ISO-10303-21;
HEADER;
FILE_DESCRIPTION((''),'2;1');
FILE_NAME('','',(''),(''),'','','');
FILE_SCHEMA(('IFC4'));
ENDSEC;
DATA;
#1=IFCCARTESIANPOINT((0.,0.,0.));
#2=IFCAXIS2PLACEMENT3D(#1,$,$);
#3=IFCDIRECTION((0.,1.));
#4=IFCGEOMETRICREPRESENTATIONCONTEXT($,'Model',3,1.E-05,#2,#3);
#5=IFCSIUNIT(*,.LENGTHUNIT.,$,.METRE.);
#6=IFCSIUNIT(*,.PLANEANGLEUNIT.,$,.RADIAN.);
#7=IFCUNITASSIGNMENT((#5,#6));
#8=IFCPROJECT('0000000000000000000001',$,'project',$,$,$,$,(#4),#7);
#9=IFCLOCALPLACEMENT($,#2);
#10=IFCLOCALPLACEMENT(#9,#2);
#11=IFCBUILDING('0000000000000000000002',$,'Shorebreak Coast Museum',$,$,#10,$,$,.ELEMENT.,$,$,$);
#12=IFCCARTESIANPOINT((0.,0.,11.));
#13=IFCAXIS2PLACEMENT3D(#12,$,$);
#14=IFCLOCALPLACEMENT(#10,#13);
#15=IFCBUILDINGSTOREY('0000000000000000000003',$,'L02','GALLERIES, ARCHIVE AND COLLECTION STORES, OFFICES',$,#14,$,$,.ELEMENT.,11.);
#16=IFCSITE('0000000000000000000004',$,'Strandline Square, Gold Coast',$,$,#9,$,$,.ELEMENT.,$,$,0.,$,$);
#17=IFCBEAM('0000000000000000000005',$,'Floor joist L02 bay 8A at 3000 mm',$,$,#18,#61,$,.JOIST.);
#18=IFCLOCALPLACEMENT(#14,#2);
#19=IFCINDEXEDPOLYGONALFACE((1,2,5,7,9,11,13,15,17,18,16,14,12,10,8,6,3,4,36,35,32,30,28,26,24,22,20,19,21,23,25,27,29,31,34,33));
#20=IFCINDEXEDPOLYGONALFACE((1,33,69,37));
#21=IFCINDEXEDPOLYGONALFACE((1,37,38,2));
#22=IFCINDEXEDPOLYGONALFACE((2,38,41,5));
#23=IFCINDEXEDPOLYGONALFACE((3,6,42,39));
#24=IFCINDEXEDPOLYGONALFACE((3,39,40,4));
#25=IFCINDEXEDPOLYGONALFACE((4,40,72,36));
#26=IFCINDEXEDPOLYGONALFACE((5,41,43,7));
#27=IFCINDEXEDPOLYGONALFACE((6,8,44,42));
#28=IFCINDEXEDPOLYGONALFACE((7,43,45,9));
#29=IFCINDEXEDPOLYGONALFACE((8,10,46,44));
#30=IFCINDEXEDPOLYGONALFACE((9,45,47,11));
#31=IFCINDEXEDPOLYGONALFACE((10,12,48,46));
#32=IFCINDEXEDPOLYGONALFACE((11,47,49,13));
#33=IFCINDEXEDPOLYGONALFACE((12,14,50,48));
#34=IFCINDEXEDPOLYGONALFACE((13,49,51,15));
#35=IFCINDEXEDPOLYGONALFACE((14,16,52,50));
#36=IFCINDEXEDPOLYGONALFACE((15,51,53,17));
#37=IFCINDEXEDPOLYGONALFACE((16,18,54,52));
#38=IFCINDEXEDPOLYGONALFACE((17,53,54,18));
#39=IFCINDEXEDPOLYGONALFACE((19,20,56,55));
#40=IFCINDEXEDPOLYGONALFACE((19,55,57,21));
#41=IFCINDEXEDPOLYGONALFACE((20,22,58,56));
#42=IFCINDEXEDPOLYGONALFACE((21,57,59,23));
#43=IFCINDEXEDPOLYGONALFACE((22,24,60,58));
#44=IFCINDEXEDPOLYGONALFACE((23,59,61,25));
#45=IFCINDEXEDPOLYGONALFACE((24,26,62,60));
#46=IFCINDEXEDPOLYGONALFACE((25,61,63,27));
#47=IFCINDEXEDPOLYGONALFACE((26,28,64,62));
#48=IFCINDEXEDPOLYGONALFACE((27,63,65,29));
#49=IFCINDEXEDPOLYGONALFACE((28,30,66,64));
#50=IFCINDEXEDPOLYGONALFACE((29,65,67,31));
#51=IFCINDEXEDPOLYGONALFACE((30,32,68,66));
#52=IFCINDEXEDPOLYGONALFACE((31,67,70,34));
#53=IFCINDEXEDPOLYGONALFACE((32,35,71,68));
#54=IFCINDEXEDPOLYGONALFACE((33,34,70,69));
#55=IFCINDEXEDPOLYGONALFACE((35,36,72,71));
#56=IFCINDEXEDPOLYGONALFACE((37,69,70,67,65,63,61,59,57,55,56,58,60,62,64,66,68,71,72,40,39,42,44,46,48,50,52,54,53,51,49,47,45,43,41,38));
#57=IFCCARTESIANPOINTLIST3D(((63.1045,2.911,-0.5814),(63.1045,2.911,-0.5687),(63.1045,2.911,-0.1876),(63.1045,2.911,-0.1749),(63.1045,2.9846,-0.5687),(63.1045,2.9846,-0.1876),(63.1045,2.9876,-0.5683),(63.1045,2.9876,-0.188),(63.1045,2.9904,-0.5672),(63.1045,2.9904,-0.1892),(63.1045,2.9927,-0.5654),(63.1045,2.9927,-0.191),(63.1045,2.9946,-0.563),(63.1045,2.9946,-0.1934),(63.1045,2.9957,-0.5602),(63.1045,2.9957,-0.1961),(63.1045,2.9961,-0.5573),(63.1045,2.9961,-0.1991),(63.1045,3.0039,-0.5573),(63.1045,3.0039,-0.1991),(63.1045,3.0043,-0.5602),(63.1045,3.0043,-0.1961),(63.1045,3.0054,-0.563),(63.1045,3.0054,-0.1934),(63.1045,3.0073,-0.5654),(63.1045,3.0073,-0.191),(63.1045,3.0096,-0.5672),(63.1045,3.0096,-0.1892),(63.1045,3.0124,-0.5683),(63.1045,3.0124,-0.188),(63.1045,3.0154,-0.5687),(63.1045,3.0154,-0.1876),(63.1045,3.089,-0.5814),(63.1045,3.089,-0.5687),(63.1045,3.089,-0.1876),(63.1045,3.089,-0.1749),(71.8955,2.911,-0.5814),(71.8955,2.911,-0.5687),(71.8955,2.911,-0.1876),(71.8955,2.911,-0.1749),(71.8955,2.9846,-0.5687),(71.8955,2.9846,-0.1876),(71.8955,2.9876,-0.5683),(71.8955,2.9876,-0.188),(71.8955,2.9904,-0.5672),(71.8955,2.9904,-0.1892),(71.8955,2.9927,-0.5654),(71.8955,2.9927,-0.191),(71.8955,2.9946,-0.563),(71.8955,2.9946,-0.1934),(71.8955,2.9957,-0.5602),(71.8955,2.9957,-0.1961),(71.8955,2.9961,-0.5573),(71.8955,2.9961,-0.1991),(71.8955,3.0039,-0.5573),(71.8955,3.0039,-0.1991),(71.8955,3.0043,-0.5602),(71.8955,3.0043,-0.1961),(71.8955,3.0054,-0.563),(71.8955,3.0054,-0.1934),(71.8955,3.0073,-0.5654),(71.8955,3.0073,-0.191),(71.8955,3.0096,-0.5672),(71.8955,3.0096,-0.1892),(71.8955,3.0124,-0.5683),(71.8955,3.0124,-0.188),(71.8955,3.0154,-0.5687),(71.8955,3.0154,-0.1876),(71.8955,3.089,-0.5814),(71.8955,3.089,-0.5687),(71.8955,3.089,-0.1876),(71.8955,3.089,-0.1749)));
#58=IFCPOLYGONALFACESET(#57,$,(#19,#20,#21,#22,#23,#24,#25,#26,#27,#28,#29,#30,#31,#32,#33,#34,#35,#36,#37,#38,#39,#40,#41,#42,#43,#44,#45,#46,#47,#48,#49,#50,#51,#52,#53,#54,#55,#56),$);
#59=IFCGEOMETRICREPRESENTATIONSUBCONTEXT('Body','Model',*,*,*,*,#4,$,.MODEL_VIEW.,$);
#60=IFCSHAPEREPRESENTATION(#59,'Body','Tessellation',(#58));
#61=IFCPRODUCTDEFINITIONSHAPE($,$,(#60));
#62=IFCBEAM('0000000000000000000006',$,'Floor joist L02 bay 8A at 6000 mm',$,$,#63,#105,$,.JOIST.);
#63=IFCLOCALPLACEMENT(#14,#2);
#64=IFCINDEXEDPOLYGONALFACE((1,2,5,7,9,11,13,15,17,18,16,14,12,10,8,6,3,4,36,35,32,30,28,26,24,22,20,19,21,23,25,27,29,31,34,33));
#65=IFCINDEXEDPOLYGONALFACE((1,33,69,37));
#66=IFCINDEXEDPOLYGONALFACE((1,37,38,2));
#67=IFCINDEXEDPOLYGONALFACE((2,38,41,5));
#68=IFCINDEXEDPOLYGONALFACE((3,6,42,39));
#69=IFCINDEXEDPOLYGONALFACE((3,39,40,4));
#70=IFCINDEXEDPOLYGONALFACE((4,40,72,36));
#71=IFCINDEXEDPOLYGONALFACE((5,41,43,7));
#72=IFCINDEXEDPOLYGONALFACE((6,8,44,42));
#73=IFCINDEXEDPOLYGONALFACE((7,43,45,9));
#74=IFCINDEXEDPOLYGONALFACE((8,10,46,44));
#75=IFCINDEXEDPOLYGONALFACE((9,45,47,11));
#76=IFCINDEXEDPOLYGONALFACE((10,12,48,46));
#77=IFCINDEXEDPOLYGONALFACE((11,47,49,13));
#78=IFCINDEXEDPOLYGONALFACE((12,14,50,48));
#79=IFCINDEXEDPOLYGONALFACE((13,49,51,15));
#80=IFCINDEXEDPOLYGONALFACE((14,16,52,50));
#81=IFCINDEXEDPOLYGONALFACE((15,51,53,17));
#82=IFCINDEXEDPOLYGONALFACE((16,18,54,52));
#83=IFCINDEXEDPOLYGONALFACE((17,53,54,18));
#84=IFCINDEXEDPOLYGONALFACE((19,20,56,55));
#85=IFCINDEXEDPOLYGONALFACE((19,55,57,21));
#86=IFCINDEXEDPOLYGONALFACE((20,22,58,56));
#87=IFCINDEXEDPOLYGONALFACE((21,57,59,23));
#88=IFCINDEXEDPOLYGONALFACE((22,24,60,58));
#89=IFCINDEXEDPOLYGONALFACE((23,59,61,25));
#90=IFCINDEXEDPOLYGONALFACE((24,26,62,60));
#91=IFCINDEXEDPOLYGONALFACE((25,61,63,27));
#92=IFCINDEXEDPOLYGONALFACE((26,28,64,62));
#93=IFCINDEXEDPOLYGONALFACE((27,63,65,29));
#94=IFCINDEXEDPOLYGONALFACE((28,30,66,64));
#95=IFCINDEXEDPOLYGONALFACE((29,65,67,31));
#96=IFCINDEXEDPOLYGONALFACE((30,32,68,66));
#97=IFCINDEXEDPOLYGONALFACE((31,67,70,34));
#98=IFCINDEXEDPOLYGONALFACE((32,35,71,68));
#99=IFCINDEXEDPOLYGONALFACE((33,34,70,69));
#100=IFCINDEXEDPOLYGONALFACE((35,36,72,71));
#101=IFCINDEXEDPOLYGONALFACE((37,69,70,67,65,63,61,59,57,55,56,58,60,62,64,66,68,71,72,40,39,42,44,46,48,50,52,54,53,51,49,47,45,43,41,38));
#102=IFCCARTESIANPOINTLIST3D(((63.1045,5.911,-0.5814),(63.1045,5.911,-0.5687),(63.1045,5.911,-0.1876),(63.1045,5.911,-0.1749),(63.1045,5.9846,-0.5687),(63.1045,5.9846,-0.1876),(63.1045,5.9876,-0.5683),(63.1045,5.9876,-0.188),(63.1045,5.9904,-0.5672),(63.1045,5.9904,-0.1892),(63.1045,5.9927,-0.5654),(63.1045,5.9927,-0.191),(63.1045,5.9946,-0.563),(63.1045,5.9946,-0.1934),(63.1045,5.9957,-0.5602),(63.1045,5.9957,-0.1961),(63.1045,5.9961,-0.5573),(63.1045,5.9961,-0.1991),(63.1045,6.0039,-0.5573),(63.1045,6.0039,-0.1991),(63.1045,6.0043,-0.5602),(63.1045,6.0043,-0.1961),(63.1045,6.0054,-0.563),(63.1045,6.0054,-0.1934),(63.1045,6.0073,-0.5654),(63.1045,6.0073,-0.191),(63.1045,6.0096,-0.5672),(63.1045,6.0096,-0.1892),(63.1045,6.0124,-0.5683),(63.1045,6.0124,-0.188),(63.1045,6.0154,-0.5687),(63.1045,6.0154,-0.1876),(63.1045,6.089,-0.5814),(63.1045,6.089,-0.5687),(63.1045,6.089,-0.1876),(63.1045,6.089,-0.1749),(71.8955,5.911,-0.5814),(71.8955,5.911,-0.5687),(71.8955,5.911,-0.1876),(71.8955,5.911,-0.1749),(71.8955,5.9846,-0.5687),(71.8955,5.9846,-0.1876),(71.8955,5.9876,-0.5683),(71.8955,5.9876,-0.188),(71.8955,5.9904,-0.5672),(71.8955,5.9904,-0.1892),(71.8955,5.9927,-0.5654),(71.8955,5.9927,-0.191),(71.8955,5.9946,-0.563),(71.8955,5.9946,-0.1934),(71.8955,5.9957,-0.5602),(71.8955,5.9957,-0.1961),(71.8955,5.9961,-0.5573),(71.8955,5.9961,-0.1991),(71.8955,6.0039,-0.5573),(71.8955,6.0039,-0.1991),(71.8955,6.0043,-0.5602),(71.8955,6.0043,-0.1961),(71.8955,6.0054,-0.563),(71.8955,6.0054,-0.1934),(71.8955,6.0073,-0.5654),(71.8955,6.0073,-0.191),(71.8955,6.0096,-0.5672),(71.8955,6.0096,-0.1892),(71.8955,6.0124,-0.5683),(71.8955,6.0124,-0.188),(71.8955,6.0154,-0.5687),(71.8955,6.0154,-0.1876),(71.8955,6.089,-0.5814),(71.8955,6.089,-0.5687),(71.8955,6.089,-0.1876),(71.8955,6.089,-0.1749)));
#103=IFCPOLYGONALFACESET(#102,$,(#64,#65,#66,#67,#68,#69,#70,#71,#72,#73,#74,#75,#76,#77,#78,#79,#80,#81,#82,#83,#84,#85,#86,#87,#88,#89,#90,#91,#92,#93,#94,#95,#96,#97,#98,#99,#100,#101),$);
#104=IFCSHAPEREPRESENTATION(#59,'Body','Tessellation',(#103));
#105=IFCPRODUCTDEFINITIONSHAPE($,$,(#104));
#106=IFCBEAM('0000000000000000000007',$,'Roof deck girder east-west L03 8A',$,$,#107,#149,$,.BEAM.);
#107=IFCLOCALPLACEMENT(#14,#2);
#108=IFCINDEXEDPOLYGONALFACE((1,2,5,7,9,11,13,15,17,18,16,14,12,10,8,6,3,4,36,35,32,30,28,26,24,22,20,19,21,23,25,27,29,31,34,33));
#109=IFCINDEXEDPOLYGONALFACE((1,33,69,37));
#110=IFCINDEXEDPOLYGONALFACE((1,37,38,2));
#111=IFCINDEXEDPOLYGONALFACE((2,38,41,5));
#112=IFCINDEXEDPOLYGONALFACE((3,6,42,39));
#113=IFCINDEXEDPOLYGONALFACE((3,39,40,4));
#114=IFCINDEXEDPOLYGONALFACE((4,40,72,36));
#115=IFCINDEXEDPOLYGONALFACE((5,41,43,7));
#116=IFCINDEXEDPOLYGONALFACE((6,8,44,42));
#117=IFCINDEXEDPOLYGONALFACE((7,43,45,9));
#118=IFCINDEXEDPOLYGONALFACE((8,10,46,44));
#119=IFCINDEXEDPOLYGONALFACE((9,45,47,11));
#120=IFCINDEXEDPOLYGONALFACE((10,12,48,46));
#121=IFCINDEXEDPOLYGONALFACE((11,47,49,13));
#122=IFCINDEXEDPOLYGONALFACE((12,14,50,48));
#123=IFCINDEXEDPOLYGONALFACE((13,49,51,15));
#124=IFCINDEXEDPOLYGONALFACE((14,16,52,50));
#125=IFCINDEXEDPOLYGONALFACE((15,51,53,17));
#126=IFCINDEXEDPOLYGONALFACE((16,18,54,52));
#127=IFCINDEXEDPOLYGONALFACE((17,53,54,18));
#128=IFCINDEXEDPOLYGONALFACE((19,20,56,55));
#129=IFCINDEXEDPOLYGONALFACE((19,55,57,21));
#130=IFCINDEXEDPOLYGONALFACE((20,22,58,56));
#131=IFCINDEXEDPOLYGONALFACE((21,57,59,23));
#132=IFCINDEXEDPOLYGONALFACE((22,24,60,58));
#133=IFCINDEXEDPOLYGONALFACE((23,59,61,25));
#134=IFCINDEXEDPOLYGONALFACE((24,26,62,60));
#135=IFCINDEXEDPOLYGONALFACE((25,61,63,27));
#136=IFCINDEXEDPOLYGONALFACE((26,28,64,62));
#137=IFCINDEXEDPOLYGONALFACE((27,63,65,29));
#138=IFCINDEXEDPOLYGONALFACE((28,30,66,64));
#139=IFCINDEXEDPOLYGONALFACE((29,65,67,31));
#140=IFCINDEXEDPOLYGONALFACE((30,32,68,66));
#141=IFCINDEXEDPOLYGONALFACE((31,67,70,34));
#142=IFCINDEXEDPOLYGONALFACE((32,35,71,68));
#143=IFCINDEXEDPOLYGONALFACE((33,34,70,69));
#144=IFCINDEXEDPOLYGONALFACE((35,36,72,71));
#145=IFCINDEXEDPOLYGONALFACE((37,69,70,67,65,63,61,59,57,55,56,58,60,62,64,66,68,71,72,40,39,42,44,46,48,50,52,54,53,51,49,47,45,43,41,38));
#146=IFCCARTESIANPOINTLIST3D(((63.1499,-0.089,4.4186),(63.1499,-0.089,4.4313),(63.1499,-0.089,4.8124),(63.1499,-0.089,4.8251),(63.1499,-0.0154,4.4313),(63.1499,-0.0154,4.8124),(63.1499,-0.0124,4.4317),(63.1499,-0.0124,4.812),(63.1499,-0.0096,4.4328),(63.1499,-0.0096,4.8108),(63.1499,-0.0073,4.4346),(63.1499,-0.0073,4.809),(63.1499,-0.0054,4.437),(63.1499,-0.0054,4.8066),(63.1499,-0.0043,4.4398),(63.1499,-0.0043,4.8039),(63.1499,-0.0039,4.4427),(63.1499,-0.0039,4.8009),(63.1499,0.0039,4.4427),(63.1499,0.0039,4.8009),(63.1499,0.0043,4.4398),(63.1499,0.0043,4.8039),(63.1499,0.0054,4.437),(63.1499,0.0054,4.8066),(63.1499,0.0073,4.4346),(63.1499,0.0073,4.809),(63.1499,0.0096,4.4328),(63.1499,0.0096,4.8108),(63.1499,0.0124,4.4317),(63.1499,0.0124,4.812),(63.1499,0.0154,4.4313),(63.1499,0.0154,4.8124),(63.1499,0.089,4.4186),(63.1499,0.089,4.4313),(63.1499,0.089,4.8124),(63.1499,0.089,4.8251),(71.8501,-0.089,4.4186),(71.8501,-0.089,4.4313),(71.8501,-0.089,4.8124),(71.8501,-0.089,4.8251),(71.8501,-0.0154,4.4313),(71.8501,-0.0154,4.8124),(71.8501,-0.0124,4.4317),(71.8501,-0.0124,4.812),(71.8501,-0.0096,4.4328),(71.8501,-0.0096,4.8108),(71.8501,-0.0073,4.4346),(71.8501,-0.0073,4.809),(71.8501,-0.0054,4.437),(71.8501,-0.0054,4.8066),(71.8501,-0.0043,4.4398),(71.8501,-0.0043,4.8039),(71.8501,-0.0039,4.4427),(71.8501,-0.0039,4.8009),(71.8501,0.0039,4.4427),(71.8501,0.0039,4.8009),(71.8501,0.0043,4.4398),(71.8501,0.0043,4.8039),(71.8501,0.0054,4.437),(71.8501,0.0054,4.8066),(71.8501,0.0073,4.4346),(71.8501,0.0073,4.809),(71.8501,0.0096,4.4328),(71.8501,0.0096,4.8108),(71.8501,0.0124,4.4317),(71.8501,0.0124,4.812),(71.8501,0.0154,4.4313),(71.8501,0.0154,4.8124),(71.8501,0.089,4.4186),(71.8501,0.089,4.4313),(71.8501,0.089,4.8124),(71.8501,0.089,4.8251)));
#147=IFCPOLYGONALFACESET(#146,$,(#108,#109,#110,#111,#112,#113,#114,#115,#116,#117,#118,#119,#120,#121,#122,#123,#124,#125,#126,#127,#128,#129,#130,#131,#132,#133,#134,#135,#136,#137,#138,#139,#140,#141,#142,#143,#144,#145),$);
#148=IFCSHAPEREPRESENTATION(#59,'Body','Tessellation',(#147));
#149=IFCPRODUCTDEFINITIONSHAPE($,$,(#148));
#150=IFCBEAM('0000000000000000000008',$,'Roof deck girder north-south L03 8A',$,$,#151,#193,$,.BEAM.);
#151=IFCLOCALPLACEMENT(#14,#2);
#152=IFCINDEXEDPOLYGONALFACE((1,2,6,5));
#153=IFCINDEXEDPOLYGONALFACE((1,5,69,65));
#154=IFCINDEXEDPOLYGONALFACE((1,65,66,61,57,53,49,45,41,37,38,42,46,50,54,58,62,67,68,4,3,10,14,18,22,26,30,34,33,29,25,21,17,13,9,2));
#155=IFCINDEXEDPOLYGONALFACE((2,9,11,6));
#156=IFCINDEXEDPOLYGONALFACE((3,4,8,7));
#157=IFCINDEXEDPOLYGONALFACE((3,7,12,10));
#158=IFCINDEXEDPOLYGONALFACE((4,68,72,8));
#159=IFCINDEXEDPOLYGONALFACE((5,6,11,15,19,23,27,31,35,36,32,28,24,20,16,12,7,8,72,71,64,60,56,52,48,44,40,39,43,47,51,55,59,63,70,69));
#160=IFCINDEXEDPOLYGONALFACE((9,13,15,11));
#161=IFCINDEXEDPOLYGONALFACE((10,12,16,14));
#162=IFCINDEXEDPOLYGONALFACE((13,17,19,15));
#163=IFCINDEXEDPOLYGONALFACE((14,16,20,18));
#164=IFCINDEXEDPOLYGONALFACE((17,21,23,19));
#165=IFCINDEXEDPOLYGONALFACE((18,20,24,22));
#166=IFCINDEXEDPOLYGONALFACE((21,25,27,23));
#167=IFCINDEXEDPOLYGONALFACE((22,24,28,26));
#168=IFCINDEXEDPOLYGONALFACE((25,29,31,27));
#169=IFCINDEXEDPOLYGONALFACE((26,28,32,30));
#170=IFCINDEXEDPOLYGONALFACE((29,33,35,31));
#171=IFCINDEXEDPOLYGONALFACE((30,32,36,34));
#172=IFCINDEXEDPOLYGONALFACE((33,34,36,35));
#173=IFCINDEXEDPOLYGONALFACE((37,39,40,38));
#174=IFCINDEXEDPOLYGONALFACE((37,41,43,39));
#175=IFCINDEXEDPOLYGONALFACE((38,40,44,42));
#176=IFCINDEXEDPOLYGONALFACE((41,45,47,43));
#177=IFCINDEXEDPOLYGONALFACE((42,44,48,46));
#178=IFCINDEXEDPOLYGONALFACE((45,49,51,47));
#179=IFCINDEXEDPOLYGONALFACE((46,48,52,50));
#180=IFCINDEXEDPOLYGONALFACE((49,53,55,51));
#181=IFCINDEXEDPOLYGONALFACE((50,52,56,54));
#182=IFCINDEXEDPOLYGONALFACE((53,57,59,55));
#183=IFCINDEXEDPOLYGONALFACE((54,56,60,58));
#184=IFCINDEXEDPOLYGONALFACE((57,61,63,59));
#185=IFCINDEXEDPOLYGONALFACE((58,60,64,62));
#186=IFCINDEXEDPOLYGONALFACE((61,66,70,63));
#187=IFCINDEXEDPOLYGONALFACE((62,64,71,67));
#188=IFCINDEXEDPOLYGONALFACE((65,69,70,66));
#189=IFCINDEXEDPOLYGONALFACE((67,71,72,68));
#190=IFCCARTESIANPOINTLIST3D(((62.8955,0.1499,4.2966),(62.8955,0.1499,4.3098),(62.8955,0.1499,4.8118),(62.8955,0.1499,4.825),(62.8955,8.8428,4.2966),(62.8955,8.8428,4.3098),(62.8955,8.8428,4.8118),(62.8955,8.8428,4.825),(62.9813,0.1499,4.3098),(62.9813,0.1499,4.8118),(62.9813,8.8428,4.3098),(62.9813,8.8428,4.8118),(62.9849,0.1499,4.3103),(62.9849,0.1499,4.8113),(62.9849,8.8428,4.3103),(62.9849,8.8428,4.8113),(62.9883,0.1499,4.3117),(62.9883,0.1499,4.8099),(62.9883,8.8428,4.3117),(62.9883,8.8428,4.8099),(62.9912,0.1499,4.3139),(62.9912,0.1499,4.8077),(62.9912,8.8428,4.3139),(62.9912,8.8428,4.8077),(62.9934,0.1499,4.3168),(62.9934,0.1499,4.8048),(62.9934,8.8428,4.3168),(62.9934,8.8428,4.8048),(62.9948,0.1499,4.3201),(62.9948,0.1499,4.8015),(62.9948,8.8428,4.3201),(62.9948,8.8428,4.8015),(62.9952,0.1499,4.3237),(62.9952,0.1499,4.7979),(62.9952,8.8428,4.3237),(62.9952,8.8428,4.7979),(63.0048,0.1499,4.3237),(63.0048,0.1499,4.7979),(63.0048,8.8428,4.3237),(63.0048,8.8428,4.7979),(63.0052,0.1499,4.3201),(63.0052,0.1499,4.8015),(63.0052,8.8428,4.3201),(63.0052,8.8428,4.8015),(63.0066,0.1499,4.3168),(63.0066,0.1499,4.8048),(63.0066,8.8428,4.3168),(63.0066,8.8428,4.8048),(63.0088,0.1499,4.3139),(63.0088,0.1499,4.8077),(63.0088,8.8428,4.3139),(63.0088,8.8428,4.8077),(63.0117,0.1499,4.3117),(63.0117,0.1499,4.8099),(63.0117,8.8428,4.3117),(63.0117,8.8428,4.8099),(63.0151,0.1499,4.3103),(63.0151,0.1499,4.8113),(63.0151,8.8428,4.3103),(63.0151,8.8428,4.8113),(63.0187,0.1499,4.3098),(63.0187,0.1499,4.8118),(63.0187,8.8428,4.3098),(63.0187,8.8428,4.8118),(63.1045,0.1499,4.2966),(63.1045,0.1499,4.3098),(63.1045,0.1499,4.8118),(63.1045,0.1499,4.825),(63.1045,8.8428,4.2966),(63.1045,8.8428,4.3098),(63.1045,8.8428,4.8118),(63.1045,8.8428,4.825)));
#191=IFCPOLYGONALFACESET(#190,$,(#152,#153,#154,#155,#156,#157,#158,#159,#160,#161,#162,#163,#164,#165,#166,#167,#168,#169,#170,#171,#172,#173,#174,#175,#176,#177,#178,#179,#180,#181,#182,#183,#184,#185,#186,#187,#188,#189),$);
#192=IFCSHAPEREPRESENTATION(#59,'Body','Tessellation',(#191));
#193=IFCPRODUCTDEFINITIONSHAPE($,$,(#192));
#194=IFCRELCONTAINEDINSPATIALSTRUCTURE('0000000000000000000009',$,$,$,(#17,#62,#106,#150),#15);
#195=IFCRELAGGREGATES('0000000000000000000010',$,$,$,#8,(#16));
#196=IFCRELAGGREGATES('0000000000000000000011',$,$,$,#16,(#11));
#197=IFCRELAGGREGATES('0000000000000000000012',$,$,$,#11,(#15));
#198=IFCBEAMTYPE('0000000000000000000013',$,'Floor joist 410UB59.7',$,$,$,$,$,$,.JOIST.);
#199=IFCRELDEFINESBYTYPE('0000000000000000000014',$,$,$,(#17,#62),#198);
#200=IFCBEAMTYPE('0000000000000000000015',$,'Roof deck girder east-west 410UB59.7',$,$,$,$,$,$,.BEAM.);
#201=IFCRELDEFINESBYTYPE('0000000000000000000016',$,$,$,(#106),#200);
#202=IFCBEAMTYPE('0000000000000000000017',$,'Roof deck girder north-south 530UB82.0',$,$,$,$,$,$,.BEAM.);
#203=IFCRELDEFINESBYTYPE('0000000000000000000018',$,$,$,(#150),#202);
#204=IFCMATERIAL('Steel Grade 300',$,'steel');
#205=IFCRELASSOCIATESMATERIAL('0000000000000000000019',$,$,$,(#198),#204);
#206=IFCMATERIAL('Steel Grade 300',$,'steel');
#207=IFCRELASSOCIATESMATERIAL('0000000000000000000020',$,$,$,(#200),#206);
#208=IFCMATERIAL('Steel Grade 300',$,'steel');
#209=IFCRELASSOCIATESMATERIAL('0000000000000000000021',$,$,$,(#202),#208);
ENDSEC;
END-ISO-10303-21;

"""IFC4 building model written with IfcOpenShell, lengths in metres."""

from ifc_helpers import new_model, si_unit, direction, frame, origin, origin_2d, place, context, subcontext, project, spatial, i_section, extrude, material, material_profile, profile_set, type_object, element, save


model = new_model("IFC4")

# Units and contexts
model_context = context("Model", 3, precision=1e-05, world=origin(), true_north=direction((0.0, 1.0)))
body_context = subcontext(model_context, "Body", "Model", "MODEL_VIEW")
ifc_project = project(units=[si_unit("LENGTHUNIT", "METRE"), si_unit("PLANEANGLEUNIT", "RADIAN")], contexts=[model_context])

# Site, building, storey
site_placement = place(None, origin())
site = spatial("IfcSite", under=ifc_project, at=site_placement, Name="Strandline Square, Gold Coast", CompositionType="ELEMENT", RefElevation=0.0)
building_placement = place(site_placement, origin())
building = spatial("IfcBuilding", under=site, at=building_placement, Name="Shorebreak Coast Museum", CompositionType="ELEMENT")
storey_placement = place(building_placement, frame((0.0, 0.0, 11.0)))
storey = spatial("IfcBuildingStorey", under=building, at=storey_placement, Name="L02", Description="GALLERIES, ARCHIVE AND COLLECTION STORES, OFFICES", CompositionType="ELEMENT", Elevation=11.0)

# Beams
ifc_material_1 = material(Name="Steel Grade 300", Category="steel")
ifc_material_profile_1 = material_profile(ifc_material_1, i_section(OverallWidth=0.178, OverallDepth=0.4065, WebThickness=0.0078, FlangeThickness=0.0127, FilletRadius=0.0115, at=origin_2d()), Name="410UB59.7")
ifc_profile_set_1 = profile_set([ifc_material_profile_1], Name="Steel Grade 300")
beam_type_1 = type_object("IfcBeamType", Name="Floor joist 410UB59.7", PredefinedType="JOIST", material=ifc_profile_set_1)
for number, where, z_axis, x_axis, name in (
    (1, (63.1045, 3.0, -0.3782), (1.0, 0.0, 0.0), (0.0, 1.0, 0.0), "Floor joist L02 bay 8A at 3000 mm"),
    (2, (63.1045, 6.0, -0.3782), (1.0, 0.0, 0.0), (0.0, 1.0, 0.0), "Floor joist L02 bay 8A at 6000 mm"),
):
    element("IfcBeam", number, at=place(storey_placement, frame(where, z_axis=z_axis, x_axis=x_axis)), inside=storey, type_object=beam_type_1, Name=name, PredefinedType="JOIST", context=body_context, shape_type="SweptSolid", body=[
        extrude(i_section(OverallWidth=0.178, OverallDepth=0.4065, WebThickness=0.0078, FlangeThickness=0.0127, FilletRadius=0.0115, at=origin_2d()), origin(), (0.0, 0.0, 1.0), 8.791),
    ])
ifc_material_2 = material(Name="Steel Grade 300", Category="steel")
ifc_material_profile_2 = material_profile(ifc_material_2, i_section(OverallWidth=0.178, OverallDepth=0.4065, WebThickness=0.0078, FlangeThickness=0.0127, FilletRadius=0.0115, at=origin_2d()), Name="410UB59.7")
ifc_profile_set_2 = profile_set([ifc_material_profile_2], Name="Steel Grade 300")
beam_type_2 = type_object("IfcBeamType", Name="Roof deck girder east-west 410UB59.7", PredefinedType="BEAM", material=ifc_profile_set_2)
beam_1_placement = place(storey_placement, frame((63.1499, 0.0, 4.6218), z_axis=(1.0, 0.0, 0.0), x_axis=(0.0, 1.0, 0.0)))
element("IfcBeam", 3, at=beam_1_placement, inside=storey, type_object=beam_type_2, Name="Roof deck girder east-west L03 8A", PredefinedType="BEAM", context=body_context, shape_type="SweptSolid", body=[
    extrude(i_section(OverallWidth=0.178, OverallDepth=0.4065, WebThickness=0.0078, FlangeThickness=0.0127, FilletRadius=0.0115, at=origin_2d()), origin(), (0.0, 0.0, 1.0), 8.7002),
])
ifc_material_3 = material(Name="Steel Grade 300", Category="steel")
ifc_material_profile_3 = material_profile(ifc_material_3, i_section(OverallWidth=0.209, OverallDepth=0.5283, WebThickness=0.0095, FlangeThickness=0.0132, FilletRadius=0.0139, at=origin_2d()), Name="530UB82.0")
ifc_profile_set_3 = profile_set([ifc_material_profile_3], Name="Steel Grade 300")
beam_type_3 = type_object("IfcBeamType", Name="Roof deck girder north-south 530UB82.0", PredefinedType="BEAM", material=ifc_profile_set_3)
beam_2_placement = place(storey_placement, frame((63.0, 0.1499, 4.5608), z_axis=(0.0, 1.0, 0.0), x_axis=(-1.0, 0.0, 0.0)))
element("IfcBeam", 4, at=beam_2_placement, inside=storey, type_object=beam_type_3, Name="Roof deck girder north-south L03 8A", PredefinedType="BEAM", context=body_context, shape_type="SweptSolid", body=[
    extrude(i_section(OverallWidth=0.209, OverallDepth=0.5283, WebThickness=0.0095, FlangeThickness=0.0132, FilletRadius=0.0139, at=origin_2d()), origin(), (0.0, 0.0, 1.0), 8.6929),
])

save(model, "model.ifc")
